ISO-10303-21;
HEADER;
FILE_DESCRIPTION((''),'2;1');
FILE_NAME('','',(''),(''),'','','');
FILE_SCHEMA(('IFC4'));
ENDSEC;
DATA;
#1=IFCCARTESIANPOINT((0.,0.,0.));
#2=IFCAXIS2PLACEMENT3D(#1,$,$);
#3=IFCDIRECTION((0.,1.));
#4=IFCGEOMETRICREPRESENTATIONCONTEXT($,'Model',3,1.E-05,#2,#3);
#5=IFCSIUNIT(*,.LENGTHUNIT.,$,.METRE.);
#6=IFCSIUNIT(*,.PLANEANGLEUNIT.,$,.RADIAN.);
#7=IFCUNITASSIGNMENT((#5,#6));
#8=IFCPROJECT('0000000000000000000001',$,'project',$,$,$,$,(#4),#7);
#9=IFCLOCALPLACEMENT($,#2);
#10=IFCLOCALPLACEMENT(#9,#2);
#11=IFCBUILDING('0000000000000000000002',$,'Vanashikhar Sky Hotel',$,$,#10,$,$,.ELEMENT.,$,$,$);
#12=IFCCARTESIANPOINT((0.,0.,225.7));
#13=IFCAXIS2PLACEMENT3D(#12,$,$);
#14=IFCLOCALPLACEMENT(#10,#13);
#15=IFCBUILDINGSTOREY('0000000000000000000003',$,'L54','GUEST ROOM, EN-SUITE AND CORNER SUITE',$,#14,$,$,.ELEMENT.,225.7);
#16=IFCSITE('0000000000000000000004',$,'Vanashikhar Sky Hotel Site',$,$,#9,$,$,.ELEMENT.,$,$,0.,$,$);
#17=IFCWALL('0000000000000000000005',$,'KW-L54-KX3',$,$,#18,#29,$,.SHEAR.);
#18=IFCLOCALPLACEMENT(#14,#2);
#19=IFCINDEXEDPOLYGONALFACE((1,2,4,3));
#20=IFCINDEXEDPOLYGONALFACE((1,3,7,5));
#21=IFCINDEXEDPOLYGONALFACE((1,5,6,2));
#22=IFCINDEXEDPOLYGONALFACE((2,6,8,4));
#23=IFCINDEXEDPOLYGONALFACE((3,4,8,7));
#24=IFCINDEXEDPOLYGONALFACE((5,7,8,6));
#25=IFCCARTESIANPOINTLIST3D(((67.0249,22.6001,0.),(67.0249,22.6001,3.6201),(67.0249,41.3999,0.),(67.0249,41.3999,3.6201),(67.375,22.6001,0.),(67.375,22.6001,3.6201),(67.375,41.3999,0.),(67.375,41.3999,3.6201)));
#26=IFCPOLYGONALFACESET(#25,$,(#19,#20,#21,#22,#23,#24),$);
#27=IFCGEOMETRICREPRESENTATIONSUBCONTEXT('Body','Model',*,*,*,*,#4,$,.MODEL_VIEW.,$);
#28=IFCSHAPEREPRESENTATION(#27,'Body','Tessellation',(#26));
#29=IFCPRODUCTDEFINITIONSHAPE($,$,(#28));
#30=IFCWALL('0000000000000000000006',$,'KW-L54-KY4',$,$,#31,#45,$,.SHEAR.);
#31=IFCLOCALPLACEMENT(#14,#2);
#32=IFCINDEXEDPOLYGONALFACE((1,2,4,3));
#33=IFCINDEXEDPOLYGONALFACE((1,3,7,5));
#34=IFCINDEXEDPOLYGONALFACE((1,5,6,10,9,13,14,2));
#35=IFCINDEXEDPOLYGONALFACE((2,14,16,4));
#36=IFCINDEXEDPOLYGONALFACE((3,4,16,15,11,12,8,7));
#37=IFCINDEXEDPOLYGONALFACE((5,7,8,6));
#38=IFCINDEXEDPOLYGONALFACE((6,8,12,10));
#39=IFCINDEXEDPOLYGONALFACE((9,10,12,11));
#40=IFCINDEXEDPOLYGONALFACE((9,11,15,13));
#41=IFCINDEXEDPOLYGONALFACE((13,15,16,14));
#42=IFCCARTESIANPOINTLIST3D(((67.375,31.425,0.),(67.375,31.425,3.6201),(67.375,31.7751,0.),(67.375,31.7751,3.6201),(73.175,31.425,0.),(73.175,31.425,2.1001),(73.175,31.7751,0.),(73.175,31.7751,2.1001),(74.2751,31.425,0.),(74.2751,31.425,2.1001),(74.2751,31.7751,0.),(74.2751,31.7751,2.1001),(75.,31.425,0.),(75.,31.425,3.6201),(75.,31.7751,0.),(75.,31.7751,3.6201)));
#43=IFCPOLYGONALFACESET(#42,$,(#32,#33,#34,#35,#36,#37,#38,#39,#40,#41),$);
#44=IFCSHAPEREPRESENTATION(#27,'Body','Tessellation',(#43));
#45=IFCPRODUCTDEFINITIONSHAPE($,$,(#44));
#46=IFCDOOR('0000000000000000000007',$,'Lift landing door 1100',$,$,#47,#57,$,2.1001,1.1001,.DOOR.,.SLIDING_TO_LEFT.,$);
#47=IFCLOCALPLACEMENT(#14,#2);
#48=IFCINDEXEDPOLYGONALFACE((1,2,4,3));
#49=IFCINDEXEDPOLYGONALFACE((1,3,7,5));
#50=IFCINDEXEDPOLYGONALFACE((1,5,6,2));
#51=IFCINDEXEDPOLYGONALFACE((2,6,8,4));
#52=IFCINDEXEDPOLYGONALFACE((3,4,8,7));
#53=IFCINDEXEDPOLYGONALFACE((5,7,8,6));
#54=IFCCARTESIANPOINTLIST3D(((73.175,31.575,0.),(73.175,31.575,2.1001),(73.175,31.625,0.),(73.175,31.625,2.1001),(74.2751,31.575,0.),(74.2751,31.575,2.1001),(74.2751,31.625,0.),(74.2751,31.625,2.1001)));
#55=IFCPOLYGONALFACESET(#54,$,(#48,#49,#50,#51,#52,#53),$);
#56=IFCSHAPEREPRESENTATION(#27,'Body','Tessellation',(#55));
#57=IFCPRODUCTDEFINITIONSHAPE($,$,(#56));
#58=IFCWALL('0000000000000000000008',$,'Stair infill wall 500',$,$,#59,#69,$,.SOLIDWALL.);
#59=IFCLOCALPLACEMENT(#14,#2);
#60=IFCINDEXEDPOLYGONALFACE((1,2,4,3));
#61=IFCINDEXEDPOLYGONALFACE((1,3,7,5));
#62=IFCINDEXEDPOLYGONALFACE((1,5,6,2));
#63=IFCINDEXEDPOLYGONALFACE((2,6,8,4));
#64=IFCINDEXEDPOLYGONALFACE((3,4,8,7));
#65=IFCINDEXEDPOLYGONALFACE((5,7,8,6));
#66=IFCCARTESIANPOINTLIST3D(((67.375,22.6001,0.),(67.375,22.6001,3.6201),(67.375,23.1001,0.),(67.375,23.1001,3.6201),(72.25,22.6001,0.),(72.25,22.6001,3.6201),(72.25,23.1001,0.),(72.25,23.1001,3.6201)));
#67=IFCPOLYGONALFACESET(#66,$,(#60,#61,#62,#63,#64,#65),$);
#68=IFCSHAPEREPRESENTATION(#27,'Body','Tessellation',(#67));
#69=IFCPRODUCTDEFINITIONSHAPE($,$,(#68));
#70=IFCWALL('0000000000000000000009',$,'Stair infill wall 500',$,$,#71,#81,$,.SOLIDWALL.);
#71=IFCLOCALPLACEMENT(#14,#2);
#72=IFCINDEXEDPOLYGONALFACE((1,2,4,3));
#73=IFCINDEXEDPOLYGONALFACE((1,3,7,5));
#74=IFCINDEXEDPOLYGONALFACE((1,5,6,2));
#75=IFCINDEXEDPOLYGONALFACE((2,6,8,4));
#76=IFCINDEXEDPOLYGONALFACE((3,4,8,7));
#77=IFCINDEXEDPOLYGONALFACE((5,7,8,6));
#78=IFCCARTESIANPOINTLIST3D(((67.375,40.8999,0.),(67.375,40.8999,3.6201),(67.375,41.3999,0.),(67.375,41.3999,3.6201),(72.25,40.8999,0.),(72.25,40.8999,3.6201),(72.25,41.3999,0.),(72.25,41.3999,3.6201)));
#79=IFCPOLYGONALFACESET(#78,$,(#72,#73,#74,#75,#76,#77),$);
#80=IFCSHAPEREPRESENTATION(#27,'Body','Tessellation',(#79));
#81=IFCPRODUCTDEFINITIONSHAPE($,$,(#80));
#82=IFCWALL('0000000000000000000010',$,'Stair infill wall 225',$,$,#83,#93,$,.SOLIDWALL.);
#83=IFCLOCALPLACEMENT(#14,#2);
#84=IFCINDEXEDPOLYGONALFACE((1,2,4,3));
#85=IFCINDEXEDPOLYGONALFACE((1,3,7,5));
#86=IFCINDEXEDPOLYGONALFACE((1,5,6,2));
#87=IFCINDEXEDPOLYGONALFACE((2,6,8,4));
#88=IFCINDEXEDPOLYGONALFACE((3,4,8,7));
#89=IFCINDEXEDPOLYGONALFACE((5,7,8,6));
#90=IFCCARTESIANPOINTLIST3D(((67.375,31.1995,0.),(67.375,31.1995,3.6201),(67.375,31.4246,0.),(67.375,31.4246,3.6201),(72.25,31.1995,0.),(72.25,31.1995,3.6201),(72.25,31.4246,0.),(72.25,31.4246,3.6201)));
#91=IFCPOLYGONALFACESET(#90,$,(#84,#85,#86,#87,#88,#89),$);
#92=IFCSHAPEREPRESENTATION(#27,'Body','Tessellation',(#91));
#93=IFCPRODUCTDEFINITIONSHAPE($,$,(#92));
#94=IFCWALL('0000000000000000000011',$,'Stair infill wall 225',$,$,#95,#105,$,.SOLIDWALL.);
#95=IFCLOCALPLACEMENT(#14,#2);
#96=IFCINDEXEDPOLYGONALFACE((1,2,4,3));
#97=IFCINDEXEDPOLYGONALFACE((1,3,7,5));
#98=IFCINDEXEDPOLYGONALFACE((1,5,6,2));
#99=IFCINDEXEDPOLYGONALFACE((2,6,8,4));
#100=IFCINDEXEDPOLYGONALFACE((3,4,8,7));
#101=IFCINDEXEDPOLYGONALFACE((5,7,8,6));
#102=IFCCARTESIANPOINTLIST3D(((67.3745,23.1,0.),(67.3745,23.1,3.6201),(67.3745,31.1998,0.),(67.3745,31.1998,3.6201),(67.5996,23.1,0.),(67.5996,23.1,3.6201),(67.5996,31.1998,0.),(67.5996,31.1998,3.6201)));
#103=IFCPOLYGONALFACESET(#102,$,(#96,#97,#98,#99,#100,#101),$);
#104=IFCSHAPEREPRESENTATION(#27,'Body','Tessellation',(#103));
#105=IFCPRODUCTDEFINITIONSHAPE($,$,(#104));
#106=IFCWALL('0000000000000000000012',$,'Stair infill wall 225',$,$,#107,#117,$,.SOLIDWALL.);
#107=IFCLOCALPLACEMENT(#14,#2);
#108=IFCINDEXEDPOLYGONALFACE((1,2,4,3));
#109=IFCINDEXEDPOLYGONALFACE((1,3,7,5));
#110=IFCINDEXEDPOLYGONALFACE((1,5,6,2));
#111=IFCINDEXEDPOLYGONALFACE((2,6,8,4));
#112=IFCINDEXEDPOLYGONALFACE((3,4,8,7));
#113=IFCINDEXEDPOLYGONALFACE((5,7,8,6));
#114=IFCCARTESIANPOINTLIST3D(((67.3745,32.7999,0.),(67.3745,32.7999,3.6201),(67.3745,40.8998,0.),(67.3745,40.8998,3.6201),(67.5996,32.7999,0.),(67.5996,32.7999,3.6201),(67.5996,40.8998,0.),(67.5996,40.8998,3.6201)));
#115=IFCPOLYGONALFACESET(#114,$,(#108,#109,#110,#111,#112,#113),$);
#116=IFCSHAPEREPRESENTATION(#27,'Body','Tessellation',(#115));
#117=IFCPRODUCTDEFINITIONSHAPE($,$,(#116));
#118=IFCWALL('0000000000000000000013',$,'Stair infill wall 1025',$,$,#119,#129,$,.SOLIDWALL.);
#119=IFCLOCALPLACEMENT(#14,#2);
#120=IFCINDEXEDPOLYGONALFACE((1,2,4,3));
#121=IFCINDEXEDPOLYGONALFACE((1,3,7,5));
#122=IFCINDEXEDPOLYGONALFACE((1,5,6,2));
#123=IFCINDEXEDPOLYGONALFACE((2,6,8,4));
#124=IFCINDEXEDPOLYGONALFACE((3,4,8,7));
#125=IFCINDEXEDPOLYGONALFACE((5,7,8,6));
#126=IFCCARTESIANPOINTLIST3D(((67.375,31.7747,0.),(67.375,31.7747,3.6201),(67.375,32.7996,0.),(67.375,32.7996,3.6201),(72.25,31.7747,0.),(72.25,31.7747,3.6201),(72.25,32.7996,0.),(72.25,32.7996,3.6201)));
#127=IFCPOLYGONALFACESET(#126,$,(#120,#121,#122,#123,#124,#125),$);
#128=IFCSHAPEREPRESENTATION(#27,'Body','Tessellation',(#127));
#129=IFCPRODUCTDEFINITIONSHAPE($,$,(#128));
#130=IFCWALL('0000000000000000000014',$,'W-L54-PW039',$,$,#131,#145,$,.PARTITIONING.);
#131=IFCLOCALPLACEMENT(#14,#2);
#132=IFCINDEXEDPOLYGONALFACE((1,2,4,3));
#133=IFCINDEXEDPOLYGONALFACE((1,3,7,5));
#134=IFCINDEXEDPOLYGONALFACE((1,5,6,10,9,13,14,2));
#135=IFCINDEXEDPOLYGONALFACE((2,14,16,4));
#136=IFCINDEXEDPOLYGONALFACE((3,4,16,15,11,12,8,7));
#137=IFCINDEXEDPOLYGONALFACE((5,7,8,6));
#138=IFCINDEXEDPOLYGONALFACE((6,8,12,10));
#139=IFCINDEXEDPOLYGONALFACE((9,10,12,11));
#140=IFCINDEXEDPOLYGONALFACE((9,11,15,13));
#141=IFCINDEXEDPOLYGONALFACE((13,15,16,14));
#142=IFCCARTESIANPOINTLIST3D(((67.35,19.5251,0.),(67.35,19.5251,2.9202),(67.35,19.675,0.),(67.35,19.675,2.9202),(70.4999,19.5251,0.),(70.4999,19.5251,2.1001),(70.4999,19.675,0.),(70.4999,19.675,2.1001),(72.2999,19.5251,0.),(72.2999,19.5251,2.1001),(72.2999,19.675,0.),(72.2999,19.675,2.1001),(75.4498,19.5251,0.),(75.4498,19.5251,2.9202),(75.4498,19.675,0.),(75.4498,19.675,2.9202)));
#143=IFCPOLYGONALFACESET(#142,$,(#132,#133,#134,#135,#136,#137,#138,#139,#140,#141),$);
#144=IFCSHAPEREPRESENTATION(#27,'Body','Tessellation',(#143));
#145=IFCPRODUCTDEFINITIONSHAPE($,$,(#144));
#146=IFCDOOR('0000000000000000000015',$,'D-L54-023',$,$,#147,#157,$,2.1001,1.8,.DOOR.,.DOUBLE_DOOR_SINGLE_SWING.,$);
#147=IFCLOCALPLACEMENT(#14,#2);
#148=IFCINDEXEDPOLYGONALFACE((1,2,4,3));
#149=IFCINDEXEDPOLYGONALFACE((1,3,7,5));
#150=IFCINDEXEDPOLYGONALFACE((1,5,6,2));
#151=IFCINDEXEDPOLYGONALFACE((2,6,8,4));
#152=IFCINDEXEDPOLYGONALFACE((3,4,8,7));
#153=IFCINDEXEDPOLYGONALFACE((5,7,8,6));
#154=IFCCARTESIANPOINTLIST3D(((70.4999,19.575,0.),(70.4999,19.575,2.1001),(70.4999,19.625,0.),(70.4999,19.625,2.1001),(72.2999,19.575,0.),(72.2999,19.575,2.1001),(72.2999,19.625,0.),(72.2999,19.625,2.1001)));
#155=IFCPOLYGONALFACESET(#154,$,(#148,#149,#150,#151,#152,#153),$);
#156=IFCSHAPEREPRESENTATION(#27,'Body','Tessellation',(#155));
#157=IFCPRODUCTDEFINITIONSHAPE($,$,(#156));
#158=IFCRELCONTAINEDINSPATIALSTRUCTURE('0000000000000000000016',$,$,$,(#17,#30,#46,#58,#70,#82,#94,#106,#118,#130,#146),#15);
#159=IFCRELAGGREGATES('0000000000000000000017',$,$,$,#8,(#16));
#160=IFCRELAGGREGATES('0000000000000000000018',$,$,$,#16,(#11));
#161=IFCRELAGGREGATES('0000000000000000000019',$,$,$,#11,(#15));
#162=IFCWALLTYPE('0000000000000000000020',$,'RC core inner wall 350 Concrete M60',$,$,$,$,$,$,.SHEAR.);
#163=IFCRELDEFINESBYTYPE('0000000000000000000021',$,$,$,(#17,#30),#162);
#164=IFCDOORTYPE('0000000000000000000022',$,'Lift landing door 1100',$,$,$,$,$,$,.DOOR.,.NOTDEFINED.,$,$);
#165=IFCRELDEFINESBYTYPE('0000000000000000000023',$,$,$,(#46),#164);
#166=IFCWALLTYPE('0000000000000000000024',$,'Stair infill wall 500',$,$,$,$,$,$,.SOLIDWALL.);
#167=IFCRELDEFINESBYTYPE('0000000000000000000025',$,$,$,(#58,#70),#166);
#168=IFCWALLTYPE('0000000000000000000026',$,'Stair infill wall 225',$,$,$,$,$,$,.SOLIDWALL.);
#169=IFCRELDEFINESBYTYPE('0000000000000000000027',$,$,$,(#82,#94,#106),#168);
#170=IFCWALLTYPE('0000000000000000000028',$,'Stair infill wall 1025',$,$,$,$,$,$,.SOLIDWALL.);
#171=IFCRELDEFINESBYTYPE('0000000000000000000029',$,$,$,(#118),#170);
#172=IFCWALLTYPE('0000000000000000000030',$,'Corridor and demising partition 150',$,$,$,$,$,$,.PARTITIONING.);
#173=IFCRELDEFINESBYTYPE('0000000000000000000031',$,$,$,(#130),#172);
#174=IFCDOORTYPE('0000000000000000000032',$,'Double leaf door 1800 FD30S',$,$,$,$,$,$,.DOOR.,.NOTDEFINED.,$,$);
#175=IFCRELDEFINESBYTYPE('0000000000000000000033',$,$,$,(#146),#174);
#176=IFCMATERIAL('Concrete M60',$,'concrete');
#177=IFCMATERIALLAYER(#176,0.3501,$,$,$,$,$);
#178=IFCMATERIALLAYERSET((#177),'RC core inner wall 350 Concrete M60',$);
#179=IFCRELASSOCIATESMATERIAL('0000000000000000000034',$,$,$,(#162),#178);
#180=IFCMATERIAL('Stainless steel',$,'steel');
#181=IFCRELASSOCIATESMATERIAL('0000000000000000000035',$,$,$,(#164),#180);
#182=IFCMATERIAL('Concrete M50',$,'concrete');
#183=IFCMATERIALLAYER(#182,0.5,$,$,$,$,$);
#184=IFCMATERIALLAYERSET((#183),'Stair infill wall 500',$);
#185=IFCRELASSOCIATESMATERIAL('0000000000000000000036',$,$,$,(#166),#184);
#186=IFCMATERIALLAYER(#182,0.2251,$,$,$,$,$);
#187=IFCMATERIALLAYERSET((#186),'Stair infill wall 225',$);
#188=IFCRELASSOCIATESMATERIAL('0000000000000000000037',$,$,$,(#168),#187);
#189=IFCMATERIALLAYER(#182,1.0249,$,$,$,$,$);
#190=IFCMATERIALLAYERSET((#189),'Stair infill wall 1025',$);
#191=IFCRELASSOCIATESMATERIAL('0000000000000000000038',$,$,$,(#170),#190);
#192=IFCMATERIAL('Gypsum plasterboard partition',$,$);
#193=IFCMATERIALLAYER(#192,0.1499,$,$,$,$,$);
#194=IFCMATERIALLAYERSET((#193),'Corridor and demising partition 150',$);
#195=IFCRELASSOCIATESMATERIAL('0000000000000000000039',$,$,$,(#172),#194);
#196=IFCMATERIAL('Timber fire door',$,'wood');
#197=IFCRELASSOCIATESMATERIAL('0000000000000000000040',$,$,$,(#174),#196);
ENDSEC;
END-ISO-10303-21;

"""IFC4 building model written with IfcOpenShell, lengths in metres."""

from ifc_helpers import new_model, si_unit, direction, frame, frame_2d, origin, place, context, subcontext, project, spatial, rectangle, extrude, source, transform, mapped, material, layer, layer_set, type_object, element, fill, save


model = new_model("IFC4")

# Units and contexts
model_context = context("Model", 3, precision=1e-05, world=origin(), true_north=direction((0.0, 1.0)))
body_context = subcontext(model_context, "Body", "Model", "MODEL_VIEW")
ifc_project = project(units=[si_unit("LENGTHUNIT", "METRE"), si_unit("PLANEANGLEUNIT", "RADIAN")], contexts=[model_context])

# Site, building, storey
site_placement = place(None, origin())
site = spatial("IfcSite", under=ifc_project, at=site_placement, Name="Vanashikhar Sky Hotel Site", CompositionType="ELEMENT", RefElevation=0.0)
building_placement = place(site_placement, origin())
building = spatial("IfcBuilding", under=site, at=building_placement, Name="Vanashikhar Sky Hotel", CompositionType="ELEMENT")
storey_placement = place(building_placement, frame((0.0, 0.0, 225.7)))
storey = spatial("IfcBuildingStorey", under=building, at=storey_placement, Name="L54", Description="GUEST ROOM, EN-SUITE AND CORNER SUITE", CompositionType="ELEMENT", Elevation=225.7)

# Wall
ifc_material_1 = material(Name="Concrete M60", Category="concrete")
ifc_layer_1 = layer(ifc_material_1, 0.3501)
ifc_layer_set_1 = layer_set([ifc_layer_1], Name="RC core inner wall 350 Concrete M60")
wall_type_1 = type_object("IfcWallType", Name="RC core inner wall 350 Concrete M60", PredefinedType="SHEAR", material=ifc_layer_set_1)
shared_shape_1 = source(origin(), body_context, "Body", "SweptSolid", [
    extrude(rectangle(XDim=18.7998, YDim=0.3501, at=frame_2d((9.3999, 0.0))), origin(), (0.0, 0.0, 1.0), 3.6201),
])
wall_1_placement = place(storey_placement, frame((67.2, 22.6001, 0.0), z_axis=(0.0, 0.0, 1.0), x_axis=(0.0, 1.0, 0.0)))
element("IfcWall", 1, at=wall_1_placement, inside=storey, type_object=wall_type_1, Name="KW-L54-KX3", PredefinedType="SHEAR", context=body_context, shape_type="MappedRepresentation", body=[
    mapped(shared_shape_1, transform((0.0, 0.0, 0.0), scale=1.0)),
])

# Wall, opening, door
shared_shape_2 = source(origin(), body_context, "Body", "SweptSolid", [
    extrude(rectangle(XDim=7.625, YDim=0.3501, at=frame_2d((3.8125, 0.0))), origin(), (0.0, 0.0, 1.0), 3.6201),
])
wall_2_placement = place(storey_placement, frame((67.375, 31.6001, 0.0), z_axis=(0.0, 0.0, 1.0), x_axis=(1.0, 0.0, 0.0)))
wall_2 = element("IfcWall", 2, at=wall_2_placement, inside=storey, type_object=wall_type_1, Name="KW-L54-KY4", PredefinedType="SHEAR", context=body_context, shape_type="MappedRepresentation", body=[
    mapped(shared_shape_2, transform((0.0, 0.0, 0.0), scale=1.0)),
])
shared_shape_3 = source(origin(), body_context, "Body", "SweptSolid", [
    extrude(rectangle(XDim=1.1001, YDim=2.1001, at=frame_2d((0.55, 1.05))), frame((0.0, 0.1851, 0.0), z_axis=(0.0, -1.0, 0.0), x_axis=(1.0, 0.0, 0.0)), (0.0, 0.0, 1.0), 0.3701),
])
opening_1_placement = place(wall_2_placement, frame((5.8, 0.0, 0.0)))
opening_1 = element("IfcOpeningElement", 3, at=opening_1_placement, cuts=wall_2, PredefinedType="OPENING", context=body_context, shape_type="MappedRepresentation", body=[
    mapped(shared_shape_3, transform((0.0, 0.0, 0.0), scale=1.0)),
])
ifc_material_2 = material(Name="Stainless steel", Category="steel")
door_type_1 = type_object("IfcDoorType", Name="Lift landing door 1100", OperationType="NOTDEFINED", PredefinedType="DOOR", material=ifc_material_2)
shared_shape_4 = source(origin(), body_context, "Body", "SweptSolid", [
    extrude(rectangle(XDim=1.1001, YDim=2.1001, at=frame_2d((0.55, 1.05))), frame((0.0, 0.0249, 0.0), z_axis=(0.0, -1.0, 0.0), x_axis=(1.0, 0.0, 0.0)), (0.0, 0.0, 1.0), 0.05),
])
door_1_placement = place(opening_1_placement, origin())
door_1 = element("IfcDoor", 4, at=door_1_placement, inside=storey, type_object=door_type_1, Name="Lift landing door 1100", OperationType="SLIDING_TO_LEFT", OverallHeight=2.1001, OverallWidth=1.1001, PredefinedType="DOOR", context=body_context, shape_type="MappedRepresentation", body=[
    mapped(shared_shape_4, transform((0.0, 0.0, 0.0), scale=1.0)),
])
fill(opening_1, door_1)

# Walls
ifc_material_3 = material(Name="Concrete M50", Category="concrete")
ifc_layer_2 = layer(ifc_material_3, 0.5)
ifc_layer_set_2 = layer_set([ifc_layer_2], Name="Stair infill wall 500")
wall_type_2 = type_object("IfcWallType", Name="Stair infill wall 500", PredefinedType="SOLIDWALL", material=ifc_layer_set_2)
shared_shape_5 = source(origin(), body_context, "Body", "SweptSolid", [
    extrude(rectangle(XDim=4.875, YDim=0.5, at=frame_2d((2.4375, 0.0))), origin(), (0.0, 0.0, 1.0), 3.6201),
])
for number, where, z_axis, x_axis, name in (
    (5, (67.375, 22.8501, 0.0), (0.0, 0.0, 1.0), (1.0, 0.0, 0.0), "Stair infill wall 500"),
    (6, (67.375, 41.1499, 0.0), (0.0, 0.0, 1.0), (1.0, 0.0, 0.0), "Stair infill wall 500"),
):
    element("IfcWall", number, at=place(storey_placement, frame(where, z_axis=z_axis, x_axis=x_axis)), inside=storey, type_object=wall_type_2, Name=name, PredefinedType="SOLIDWALL", context=body_context, shape_type="MappedRepresentation", body=[
        mapped(shared_shape_5, transform((0.0, 0.0, 0.0), scale=1.0)),
    ])
ifc_layer_3 = layer(ifc_material_3, 0.2251)
ifc_layer_set_3 = layer_set([ifc_layer_3], Name="Stair infill wall 225")
wall_type_3 = type_object("IfcWallType", Name="Stair infill wall 225", PredefinedType="SOLIDWALL", material=ifc_layer_set_3)
shared_shape_6 = source(origin(), body_context, "Body", "SweptSolid", [
    extrude(rectangle(XDim=4.875, YDim=0.2251, at=frame_2d((2.4375, 0.0))), origin(), (0.0, 0.0, 1.0), 3.6201),
])
wall_3_placement = place(storey_placement, frame((67.375, 31.312, 0.0), z_axis=(0.0, 0.0, 1.0), x_axis=(1.0, 0.0, 0.0)))
element("IfcWall", 7, at=wall_3_placement, inside=storey, type_object=wall_type_3, Name="Stair infill wall 225", PredefinedType="SOLIDWALL", context=body_context, shape_type="MappedRepresentation", body=[
    mapped(shared_shape_6, transform((0.0, 0.0, 0.0), scale=1.0)),
])
shared_shape_7 = source(origin(), body_context, "Body", "SweptSolid", [
    extrude(rectangle(XDim=8.0999, YDim=0.2251, at=frame_2d((4.0498, 0.0))), origin(), (0.0, 0.0, 1.0), 3.6201),
])
for number, where, z_axis, x_axis, name in (
    (8, (67.4871, 23.1001, 0.0), (0.0, 0.0, 1.0), (0.0, 1.0, 0.0), "Stair infill wall 225"),
    (9, (67.4871, 32.8, 0.0), (0.0, 0.0, 1.0), (0.0, 1.0, 0.0), "Stair infill wall 225"),
):
    element("IfcWall", number, at=place(storey_placement, frame(where, z_axis=z_axis, x_axis=x_axis)), inside=storey, type_object=wall_type_3, Name=name, PredefinedType="SOLIDWALL", context=body_context, shape_type="MappedRepresentation", body=[
        mapped(shared_shape_7, transform((0.0, 0.0, 0.0), scale=1.0)),
    ])
ifc_layer_4 = layer(ifc_material_3, 1.0249)
ifc_layer_set_4 = layer_set([ifc_layer_4], Name="Stair infill wall 1025")
wall_type_4 = type_object("IfcWallType", Name="Stair infill wall 1025", PredefinedType="SOLIDWALL", material=ifc_layer_set_4)
shared_shape_8 = source(origin(), body_context, "Body", "SweptSolid", [
    extrude(rectangle(XDim=4.875, YDim=1.0249, at=frame_2d((2.4375, 0.0))), origin(), (0.0, 0.0, 1.0), 3.6201),
])
wall_4_placement = place(storey_placement, frame((67.375, 32.2871, 0.0), z_axis=(0.0, 0.0, 1.0), x_axis=(1.0, 0.0, 0.0)))
element("IfcWall", 10, at=wall_4_placement, inside=storey, type_object=wall_type_4, Name="Stair infill wall 1025", PredefinedType="SOLIDWALL", context=body_context, shape_type="MappedRepresentation", body=[
    mapped(shared_shape_8, transform((0.0, 0.0, 0.0), scale=1.0)),
])

# Wall, opening, door
ifc_material_4 = material(Name="Gypsum plasterboard partition")
ifc_layer_5 = layer(ifc_material_4, 0.1499)
ifc_layer_set_5 = layer_set([ifc_layer_5], Name="Corridor and demising partition 150")
wall_type_5 = type_object("IfcWallType", Name="Corridor and demising partition 150", PredefinedType="PARTITIONING", material=ifc_layer_set_5)
shared_shape_9 = source(origin(), body_context, "Body", "SweptSolid", [
    extrude(rectangle(XDim=8.0999, YDim=0.1499, at=frame_2d((4.0498, 0.0))), origin(), (0.0, 0.0, 1.0), 2.9202),
])
wall_5_placement = place(storey_placement, frame((67.3501, 19.6001, 0.0), z_axis=(0.0, 0.0, 1.0), x_axis=(1.0, 0.0, 0.0)))
wall_5 = element("IfcWall", 11, at=wall_5_placement, inside=storey, type_object=wall_type_5, Name="W-L54-PW039", PredefinedType="PARTITIONING", context=body_context, shape_type="MappedRepresentation", body=[
    mapped(shared_shape_9, transform((0.0, 0.0, 0.0), scale=1.0)),
])
shared_shape_10 = source(origin(), body_context, "Body", "SweptSolid", [
    extrude(rectangle(XDim=1.8, YDim=2.1001, at=frame_2d((0.8999, 1.05))), frame((0.0, 0.085, 0.0), z_axis=(0.0, -1.0, 0.0), x_axis=(1.0, 0.0, 0.0)), (0.0, 0.0, 1.0), 0.1699),
])
opening_2_placement = place(wall_5_placement, frame((3.1499, 0.0, 0.0)))
opening_2 = element("IfcOpeningElement", 12, at=opening_2_placement, cuts=wall_5, PredefinedType="OPENING", context=body_context, shape_type="MappedRepresentation", body=[
    mapped(shared_shape_10, transform((0.0, 0.0, 0.0), scale=1.0)),
])
ifc_material_5 = material(Name="Timber fire door", Category="wood")
door_type_2 = type_object("IfcDoorType", Name="Double leaf door 1800 FD30S", OperationType="NOTDEFINED", PredefinedType="DOOR", material=ifc_material_5)
shared_shape_11 = source(origin(), body_context, "Body", "SweptSolid", [
    extrude(rectangle(XDim=1.8, YDim=2.1001, at=frame_2d((0.8999, 1.05))), frame((0.0, 0.0249, 0.0), z_axis=(0.0, -1.0, 0.0), x_axis=(1.0, 0.0, 0.0)), (0.0, 0.0, 1.0), 0.05),
])
door_2_placement = place(opening_2_placement, origin())
door_2 = element("IfcDoor", 13, at=door_2_placement, inside=storey, type_object=door_type_2, Name="D-L54-023", OperationType="DOUBLE_DOOR_SINGLE_SWING", OverallHeight=2.1001, OverallWidth=1.8, PredefinedType="DOOR", context=body_context, shape_type="MappedRepresentation", body=[
    mapped(shared_shape_11, transform((0.0, 0.0, 0.0), scale=1.0)),
])
fill(opening_2, door_2)

save(model, "model.ifc")
